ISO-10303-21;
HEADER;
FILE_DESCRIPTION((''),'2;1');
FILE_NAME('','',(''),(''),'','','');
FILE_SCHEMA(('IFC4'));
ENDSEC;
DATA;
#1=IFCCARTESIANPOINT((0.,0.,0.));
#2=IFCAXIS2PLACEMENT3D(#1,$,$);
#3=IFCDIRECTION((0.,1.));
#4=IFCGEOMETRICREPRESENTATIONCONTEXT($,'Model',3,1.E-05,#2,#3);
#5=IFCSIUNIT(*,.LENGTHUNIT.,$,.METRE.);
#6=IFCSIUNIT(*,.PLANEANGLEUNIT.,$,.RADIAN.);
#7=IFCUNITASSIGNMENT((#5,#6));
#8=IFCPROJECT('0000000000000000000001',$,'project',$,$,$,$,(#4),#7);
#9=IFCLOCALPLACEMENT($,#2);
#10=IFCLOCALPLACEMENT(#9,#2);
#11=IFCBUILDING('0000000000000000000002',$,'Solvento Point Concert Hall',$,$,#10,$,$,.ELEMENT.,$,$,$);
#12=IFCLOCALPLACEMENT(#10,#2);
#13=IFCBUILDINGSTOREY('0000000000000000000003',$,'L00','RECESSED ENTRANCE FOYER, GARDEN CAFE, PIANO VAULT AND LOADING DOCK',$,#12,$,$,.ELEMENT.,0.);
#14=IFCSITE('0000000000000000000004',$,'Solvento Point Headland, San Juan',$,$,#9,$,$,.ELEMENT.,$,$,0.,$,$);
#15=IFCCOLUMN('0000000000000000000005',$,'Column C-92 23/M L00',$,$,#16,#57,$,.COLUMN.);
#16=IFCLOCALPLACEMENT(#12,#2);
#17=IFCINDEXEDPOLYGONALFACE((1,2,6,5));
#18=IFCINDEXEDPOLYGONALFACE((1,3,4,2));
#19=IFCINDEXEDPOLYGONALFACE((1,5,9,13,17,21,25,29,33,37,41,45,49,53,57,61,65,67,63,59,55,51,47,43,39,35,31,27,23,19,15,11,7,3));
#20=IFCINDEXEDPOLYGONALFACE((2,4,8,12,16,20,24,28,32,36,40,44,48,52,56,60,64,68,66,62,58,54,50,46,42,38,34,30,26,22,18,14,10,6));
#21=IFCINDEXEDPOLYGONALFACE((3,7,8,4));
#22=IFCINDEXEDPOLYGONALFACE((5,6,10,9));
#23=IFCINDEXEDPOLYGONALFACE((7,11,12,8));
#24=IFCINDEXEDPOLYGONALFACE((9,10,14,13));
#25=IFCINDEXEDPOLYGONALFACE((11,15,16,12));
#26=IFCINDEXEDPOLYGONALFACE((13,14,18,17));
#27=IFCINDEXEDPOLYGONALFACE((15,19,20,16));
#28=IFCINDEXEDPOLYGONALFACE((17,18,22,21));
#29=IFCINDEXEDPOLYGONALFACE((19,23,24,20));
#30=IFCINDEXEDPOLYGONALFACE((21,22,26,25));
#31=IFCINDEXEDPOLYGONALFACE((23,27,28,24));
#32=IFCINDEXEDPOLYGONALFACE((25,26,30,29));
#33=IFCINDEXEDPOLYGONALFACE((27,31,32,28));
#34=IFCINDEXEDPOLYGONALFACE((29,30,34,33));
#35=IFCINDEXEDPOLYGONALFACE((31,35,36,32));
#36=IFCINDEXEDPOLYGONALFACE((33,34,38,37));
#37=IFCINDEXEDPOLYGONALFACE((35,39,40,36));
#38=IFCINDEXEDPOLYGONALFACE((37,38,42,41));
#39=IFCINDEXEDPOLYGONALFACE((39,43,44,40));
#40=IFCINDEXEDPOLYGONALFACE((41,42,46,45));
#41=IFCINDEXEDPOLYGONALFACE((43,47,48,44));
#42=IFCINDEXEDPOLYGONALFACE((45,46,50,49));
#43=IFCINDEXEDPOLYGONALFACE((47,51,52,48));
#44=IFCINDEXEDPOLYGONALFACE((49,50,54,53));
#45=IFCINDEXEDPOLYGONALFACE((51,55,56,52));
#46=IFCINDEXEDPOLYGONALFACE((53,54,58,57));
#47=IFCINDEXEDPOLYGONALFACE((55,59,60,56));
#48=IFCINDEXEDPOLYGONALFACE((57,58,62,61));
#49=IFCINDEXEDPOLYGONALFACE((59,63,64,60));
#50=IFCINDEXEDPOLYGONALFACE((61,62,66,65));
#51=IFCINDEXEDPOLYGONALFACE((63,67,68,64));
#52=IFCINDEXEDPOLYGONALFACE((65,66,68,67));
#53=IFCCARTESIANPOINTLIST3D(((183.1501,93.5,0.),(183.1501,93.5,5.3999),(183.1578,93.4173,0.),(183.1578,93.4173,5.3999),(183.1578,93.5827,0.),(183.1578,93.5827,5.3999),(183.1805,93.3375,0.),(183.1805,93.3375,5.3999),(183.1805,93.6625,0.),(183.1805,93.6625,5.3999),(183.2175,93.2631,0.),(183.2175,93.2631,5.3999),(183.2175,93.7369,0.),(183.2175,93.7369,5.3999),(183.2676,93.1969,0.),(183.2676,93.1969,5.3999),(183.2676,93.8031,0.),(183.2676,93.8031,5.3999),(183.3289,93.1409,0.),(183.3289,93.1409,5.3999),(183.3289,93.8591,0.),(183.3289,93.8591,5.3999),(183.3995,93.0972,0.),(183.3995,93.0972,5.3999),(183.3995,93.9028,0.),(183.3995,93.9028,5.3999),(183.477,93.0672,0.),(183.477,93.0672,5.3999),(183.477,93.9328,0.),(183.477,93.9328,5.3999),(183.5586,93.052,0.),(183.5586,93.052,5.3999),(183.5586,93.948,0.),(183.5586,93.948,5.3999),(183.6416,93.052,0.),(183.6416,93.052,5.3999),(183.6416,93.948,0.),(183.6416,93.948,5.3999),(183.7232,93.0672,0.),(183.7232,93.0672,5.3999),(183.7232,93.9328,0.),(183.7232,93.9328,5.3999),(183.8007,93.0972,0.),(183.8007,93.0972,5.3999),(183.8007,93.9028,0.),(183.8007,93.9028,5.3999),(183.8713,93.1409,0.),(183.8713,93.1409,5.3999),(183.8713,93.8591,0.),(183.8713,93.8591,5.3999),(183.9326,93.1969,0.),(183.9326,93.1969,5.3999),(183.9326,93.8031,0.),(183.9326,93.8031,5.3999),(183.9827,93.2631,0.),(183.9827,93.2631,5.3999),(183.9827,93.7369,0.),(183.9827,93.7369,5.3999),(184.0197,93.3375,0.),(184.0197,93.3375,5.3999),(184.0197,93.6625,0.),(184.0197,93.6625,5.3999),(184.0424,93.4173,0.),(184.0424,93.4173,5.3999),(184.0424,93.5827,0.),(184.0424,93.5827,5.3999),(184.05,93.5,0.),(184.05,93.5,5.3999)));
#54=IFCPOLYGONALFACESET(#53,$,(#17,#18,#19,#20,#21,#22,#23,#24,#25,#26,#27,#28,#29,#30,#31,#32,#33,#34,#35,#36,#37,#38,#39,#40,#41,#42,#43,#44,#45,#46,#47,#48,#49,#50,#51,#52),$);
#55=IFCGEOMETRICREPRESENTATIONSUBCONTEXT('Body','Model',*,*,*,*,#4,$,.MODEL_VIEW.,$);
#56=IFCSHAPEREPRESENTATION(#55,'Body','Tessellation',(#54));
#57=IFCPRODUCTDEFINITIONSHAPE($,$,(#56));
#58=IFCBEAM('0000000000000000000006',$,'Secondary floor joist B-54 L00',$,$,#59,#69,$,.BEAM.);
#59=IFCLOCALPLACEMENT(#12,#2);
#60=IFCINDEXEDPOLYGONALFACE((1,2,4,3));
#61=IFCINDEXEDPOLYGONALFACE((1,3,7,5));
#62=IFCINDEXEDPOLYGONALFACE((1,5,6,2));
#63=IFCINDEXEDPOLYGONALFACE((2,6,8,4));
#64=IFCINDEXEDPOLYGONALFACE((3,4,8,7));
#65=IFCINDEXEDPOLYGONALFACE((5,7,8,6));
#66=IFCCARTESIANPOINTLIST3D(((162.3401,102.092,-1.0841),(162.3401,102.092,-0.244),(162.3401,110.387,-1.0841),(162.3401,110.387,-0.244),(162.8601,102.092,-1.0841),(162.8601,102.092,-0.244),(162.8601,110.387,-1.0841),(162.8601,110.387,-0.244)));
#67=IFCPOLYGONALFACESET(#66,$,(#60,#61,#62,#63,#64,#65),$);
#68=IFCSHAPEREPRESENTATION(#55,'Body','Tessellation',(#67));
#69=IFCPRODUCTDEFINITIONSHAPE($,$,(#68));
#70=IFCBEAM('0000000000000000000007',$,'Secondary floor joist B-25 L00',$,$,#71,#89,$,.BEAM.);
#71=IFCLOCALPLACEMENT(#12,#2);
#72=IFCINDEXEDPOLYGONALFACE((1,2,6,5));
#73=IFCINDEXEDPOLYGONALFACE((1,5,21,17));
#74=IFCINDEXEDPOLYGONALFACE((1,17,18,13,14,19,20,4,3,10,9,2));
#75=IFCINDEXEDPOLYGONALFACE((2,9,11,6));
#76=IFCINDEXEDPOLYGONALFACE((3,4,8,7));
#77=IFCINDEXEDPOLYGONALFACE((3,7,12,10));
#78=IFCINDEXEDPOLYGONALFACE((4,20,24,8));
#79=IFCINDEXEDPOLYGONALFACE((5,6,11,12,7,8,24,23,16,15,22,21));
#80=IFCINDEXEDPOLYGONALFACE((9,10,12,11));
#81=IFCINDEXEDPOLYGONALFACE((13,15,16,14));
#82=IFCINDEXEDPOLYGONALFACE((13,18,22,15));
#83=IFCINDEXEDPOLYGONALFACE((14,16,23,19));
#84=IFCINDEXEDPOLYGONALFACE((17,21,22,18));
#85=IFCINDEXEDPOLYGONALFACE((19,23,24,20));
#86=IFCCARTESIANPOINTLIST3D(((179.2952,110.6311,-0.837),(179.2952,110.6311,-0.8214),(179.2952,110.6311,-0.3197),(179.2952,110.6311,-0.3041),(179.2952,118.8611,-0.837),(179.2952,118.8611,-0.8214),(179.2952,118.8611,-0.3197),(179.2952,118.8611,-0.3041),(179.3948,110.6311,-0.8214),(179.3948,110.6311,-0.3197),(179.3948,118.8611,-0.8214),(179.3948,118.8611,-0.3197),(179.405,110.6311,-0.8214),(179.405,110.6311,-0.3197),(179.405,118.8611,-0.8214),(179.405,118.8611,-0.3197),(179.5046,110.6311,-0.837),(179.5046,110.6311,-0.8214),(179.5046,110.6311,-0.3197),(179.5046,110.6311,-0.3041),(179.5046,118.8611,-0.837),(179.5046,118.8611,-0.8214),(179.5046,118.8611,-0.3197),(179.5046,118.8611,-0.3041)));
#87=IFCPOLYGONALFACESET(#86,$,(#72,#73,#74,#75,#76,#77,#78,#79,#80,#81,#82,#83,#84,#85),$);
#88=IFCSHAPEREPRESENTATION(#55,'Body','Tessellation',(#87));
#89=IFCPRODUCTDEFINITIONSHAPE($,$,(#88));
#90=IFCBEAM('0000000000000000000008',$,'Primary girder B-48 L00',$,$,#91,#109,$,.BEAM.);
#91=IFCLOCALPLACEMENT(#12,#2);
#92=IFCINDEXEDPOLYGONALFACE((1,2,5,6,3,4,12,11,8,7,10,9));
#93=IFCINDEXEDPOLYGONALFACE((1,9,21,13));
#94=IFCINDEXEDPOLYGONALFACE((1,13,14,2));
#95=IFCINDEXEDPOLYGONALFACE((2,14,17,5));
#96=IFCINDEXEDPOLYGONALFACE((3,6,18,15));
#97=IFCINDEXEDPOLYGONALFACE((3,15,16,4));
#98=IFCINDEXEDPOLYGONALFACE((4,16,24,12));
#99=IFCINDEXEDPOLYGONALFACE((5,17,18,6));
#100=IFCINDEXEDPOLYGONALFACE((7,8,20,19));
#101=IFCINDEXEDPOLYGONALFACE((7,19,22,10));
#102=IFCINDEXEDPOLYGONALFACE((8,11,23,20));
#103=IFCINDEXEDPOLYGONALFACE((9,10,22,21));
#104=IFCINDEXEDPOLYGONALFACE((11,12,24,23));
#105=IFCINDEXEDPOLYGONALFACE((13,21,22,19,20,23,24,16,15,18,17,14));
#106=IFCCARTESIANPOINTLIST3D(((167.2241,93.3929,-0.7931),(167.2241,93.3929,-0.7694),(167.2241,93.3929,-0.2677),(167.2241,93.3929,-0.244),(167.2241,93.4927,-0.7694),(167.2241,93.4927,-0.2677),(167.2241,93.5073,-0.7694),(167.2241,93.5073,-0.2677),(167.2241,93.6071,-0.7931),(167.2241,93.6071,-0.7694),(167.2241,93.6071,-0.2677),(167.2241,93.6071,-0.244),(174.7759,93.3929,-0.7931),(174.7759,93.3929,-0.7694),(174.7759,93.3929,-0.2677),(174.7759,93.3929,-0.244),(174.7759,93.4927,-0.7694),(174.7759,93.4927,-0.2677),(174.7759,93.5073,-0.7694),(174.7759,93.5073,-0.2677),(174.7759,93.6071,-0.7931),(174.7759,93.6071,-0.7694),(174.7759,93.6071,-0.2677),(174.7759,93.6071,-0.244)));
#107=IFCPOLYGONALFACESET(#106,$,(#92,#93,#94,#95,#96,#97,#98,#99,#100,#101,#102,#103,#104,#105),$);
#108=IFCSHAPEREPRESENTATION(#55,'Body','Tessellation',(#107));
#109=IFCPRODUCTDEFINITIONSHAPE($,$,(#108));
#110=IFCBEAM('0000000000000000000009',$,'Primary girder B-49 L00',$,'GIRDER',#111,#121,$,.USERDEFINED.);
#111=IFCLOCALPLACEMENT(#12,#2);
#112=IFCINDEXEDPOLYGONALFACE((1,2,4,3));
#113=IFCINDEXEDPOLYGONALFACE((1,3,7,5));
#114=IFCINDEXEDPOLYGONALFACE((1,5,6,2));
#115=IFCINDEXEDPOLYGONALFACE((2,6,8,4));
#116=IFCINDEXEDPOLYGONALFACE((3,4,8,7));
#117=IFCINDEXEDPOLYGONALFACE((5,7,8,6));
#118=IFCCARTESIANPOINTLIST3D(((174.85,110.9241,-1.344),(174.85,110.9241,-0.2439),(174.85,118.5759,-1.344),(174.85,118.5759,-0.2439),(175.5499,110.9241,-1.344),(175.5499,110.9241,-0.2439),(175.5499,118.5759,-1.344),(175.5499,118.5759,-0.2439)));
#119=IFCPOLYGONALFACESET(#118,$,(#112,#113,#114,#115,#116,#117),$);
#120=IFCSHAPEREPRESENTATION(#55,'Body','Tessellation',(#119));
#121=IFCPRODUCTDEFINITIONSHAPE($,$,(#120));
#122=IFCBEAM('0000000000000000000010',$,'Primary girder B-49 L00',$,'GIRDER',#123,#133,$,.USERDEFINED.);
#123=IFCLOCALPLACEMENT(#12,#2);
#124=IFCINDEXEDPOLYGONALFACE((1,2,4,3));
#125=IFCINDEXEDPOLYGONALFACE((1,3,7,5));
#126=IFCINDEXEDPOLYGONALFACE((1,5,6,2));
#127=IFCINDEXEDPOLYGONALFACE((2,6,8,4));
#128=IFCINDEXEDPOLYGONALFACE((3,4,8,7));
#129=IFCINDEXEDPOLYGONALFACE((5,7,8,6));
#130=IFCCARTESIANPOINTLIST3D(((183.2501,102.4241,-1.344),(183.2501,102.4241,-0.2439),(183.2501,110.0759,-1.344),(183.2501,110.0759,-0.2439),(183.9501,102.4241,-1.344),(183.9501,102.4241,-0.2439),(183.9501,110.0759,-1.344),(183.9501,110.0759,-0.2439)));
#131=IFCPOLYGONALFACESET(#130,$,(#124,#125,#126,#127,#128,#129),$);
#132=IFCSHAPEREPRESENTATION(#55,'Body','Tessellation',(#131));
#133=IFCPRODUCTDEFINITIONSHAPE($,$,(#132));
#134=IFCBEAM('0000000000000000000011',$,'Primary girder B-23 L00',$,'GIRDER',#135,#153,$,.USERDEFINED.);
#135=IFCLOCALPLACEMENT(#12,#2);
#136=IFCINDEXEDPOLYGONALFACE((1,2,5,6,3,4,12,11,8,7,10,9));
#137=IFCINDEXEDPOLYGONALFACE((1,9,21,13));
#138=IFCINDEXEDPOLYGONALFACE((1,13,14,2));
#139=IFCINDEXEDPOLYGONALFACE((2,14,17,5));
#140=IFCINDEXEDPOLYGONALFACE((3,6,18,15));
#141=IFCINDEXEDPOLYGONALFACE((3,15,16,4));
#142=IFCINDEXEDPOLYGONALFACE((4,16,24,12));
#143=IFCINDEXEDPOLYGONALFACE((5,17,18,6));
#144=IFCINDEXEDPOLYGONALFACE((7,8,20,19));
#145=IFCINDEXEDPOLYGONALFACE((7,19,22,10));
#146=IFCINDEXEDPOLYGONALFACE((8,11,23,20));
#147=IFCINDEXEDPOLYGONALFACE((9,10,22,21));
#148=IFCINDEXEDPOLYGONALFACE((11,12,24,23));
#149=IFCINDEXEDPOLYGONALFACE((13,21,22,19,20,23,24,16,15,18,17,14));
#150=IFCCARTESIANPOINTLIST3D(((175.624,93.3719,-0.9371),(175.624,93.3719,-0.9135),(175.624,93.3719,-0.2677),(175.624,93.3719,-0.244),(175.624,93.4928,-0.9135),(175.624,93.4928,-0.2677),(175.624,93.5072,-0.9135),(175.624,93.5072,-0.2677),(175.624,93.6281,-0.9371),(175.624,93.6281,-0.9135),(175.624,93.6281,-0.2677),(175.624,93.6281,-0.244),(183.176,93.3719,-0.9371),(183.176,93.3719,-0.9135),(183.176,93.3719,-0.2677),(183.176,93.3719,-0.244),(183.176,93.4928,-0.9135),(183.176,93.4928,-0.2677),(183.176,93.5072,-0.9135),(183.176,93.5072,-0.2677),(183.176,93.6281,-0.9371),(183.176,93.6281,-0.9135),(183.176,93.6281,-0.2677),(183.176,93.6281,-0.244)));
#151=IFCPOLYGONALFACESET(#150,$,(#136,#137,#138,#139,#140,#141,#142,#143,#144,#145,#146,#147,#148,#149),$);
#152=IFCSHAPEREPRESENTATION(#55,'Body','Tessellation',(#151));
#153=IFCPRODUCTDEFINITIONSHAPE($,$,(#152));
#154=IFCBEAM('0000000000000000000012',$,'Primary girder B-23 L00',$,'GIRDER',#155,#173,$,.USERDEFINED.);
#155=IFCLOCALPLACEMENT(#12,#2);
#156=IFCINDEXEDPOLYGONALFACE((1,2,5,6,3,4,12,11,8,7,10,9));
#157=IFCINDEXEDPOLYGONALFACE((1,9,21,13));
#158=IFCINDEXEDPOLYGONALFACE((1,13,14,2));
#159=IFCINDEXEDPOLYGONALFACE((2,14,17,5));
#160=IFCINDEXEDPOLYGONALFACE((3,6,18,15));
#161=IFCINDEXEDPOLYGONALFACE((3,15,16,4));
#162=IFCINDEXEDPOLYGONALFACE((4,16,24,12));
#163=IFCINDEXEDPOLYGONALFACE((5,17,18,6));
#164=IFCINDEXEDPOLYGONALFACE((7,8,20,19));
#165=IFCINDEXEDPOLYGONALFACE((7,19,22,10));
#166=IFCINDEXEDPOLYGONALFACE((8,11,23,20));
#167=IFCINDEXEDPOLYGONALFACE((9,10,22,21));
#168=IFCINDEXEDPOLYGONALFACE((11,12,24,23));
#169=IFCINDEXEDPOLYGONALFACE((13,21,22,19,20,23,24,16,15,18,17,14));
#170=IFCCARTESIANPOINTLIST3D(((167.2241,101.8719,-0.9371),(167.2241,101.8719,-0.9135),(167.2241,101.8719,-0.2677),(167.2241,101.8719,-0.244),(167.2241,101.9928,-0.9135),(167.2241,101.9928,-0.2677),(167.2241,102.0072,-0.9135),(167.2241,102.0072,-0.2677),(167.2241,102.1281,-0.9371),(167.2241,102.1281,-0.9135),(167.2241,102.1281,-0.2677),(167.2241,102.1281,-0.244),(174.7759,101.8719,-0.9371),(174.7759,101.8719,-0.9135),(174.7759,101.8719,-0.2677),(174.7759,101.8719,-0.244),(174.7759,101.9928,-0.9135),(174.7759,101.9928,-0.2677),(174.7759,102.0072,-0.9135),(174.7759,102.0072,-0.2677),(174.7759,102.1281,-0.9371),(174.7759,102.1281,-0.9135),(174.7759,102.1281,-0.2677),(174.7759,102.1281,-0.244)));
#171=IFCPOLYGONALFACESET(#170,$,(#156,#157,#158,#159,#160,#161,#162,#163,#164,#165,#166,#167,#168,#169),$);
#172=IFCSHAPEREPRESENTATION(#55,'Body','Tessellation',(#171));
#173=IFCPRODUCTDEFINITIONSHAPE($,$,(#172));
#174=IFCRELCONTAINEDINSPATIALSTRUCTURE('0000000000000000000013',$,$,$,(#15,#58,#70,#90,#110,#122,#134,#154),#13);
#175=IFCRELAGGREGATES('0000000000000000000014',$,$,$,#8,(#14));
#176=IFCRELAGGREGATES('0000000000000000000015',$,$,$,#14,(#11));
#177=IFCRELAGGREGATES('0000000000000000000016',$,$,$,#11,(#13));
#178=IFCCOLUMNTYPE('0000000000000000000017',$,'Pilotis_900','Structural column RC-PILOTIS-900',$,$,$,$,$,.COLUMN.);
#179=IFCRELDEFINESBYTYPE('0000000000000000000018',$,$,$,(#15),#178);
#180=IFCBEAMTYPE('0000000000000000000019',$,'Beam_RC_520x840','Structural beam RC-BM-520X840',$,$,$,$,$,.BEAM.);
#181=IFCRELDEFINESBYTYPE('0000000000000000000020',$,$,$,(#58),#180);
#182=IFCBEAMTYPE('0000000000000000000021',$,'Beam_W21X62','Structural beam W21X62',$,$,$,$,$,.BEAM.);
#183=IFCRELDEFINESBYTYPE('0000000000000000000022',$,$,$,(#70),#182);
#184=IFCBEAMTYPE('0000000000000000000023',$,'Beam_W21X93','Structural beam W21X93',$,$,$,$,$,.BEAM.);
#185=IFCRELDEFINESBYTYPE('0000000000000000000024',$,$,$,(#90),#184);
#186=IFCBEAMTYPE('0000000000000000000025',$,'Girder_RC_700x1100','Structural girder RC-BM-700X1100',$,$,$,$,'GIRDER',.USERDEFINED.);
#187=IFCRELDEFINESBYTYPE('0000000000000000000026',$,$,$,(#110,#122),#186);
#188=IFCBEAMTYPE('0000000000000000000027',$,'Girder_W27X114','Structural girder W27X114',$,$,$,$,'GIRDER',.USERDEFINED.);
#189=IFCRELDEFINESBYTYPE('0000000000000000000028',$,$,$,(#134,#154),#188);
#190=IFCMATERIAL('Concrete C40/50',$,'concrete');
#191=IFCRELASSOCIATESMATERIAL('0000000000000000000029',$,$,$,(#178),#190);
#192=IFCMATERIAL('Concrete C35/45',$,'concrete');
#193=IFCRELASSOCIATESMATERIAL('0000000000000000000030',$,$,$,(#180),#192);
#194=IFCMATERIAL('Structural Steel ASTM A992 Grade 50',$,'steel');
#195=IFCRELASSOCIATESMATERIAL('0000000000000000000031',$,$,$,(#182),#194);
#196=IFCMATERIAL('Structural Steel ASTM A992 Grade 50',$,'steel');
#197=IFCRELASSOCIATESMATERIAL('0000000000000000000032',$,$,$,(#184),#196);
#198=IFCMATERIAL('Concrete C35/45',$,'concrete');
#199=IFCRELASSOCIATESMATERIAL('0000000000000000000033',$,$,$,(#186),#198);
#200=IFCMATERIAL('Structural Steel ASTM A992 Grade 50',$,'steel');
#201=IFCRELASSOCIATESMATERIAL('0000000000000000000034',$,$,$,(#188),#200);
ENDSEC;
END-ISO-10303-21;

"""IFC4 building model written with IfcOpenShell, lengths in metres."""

from ifc_helpers import new_model, si_unit, direction, frame, origin, origin_2d, place, context, subcontext, project, spatial, rectangle, circle, i_section, extrude, material, material_profile, profile_set, type_object, element, save


model = new_model("IFC4")

# Units and contexts
model_context = context("Model", 3, precision=1e-05, world=origin(), true_north=direction((0.0, 1.0)))
body_context = subcontext(model_context, "Body", "Model", "MODEL_VIEW")
ifc_project = project(units=[si_unit("LENGTHUNIT", "METRE"), si_unit("PLANEANGLEUNIT", "RADIAN")], contexts=[model_context])

# Site, building, storey
site_placement = place(None, origin())
site = spatial("IfcSite", under=ifc_project, at=site_placement, Name="Solvento Point Headland, San Juan", CompositionType="ELEMENT", RefElevation=0.0)
building_placement = place(site_placement, origin())
building = spatial("IfcBuilding", under=site, at=building_placement, Name="Solvento Point Concert Hall", CompositionType="ELEMENT")
storey_placement = place(building_placement, origin())
storey = spatial("IfcBuildingStorey", under=building, at=storey_placement, Name="L00", Description="RECESSED ENTRANCE FOYER, GARDEN CAFE, PIANO VAULT AND LOADING DOCK", CompositionType="ELEMENT", Elevation=0.0)

# Column
ifc_material_1 = material(Name="Concrete C40/50", Category="concrete")
ifc_material_profile_1 = material_profile(ifc_material_1, circle(Radius=0.45, at=origin_2d()), Name="RC-PILOTIS-900")
ifc_profile_set_1 = profile_set([ifc_material_profile_1], Name="Concrete C40/50")
column_type = type_object("IfcColumnType", Name="Pilotis_900", Description="Structural column RC-PILOTIS-900", PredefinedType="COLUMN", material=ifc_profile_set_1)
column_placement = place(storey_placement, frame((183.6001, 93.5, 0.0), z_axis=(0.0, 0.0, 1.0), x_axis=(1.0, 0.0, 0.0)))
element("IfcColumn", 1, at=column_placement, inside=storey, type_object=column_type, Name="Column C-92 23/M L00", PredefinedType="COLUMN", context=body_context, shape_type="SweptSolid", body=[
    extrude(circle(Radius=0.45, at=origin_2d()), origin(), (0.0, 0.0, 1.0), 5.3999),
])

# Beams
ifc_material_2 = material(Name="Concrete C35/45", Category="concrete")
ifc_material_profile_2 = material_profile(ifc_material_2, rectangle(XDim=0.52, YDim=0.8401, at=origin_2d()), Name="RC-BM-520X840")
ifc_profile_set_2 = profile_set([ifc_material_profile_2], Name="Concrete C35/45")
beam_type_1 = type_object("IfcBeamType", Name="Beam_RC_520x840", Description="Structural beam RC-BM-520X840", PredefinedType="BEAM", material=ifc_profile_set_2)
beam_1_placement = place(storey_placement, frame((162.6001, 102.092, -0.6641), z_axis=(0.0, 1.0, 0.0), x_axis=(-1.0, 0.0, 0.0)))
element("IfcBeam", 2, at=beam_1_placement, inside=storey, type_object=beam_type_1, Name="Secondary floor joist B-54 L00", PredefinedType="BEAM", context=body_context, shape_type="SweptSolid", body=[
    extrude(rectangle(XDim=0.52, YDim=0.8401, at=origin_2d()), origin(), (0.0, 0.0, 1.0), 8.2949),
])
ifc_material_3 = material(Name="Structural Steel ASTM A992 Grade 50", Category="steel")
ifc_material_profile_3 = material_profile(ifc_material_3, i_section(OverallWidth=0.2095, OverallDepth=0.533, WebThickness=0.0103, FlangeThickness=0.0156, at=origin_2d()), Name="W21X62")
ifc_profile_set_3 = profile_set([ifc_material_profile_3], Name="Structural Steel ASTM A992 Grade 50")
beam_type_2 = type_object("IfcBeamType", Name="Beam_W21X62", Description="Structural beam W21X62", PredefinedType="BEAM", material=ifc_profile_set_3)
beam_2_placement = place(storey_placement, frame((179.3999, 110.6311, -0.5706), z_axis=(0.0, 1.0, 0.0), x_axis=(-1.0, 0.0, 0.0)))
element("IfcBeam", 3, at=beam_2_placement, inside=storey, type_object=beam_type_2, Name="Secondary floor joist B-25 L00", PredefinedType="BEAM", context=body_context, shape_type="SweptSolid", body=[
    extrude(i_section(OverallWidth=0.2095, OverallDepth=0.533, WebThickness=0.0103, FlangeThickness=0.0156, at=origin_2d()), origin(), (0.0, 0.0, 1.0), 8.23),
])
ifc_material_4 = material(Name="Structural Steel ASTM A992 Grade 50", Category="steel")
ifc_material_profile_4 = material_profile(ifc_material_4, i_section(OverallWidth=0.2141, OverallDepth=0.5491, WebThickness=0.0146, FlangeThickness=0.0237, at=origin_2d()), Name="W21X93")
ifc_profile_set_4 = profile_set([ifc_material_profile_4], Name="Structural Steel ASTM A992 Grade 50")
beam_type_3 = type_object("IfcBeamType", Name="Beam_W21X93", Description="Structural beam W21X93", PredefinedType="BEAM", material=ifc_profile_set_4)
beam_3_placement = place(storey_placement, frame((167.2241, 93.5, -0.5186), z_axis=(1.0, 0.0, 0.0), x_axis=(0.0, 1.0, 0.0)))
element("IfcBeam", 4, at=beam_3_placement, inside=storey, type_object=beam_type_3, Name="Primary girder B-48 L00", PredefinedType="BEAM", context=body_context, shape_type="SweptSolid", body=[
    extrude(i_section(OverallWidth=0.2141, OverallDepth=0.5491, WebThickness=0.0146, FlangeThickness=0.0237, at=origin_2d()), origin(), (0.0, 0.0, 1.0), 7.5518),
])
ifc_material_5 = material(Name="Concrete C35/45", Category="concrete")
ifc_material_profile_5 = material_profile(ifc_material_5, rectangle(XDim=0.7, YDim=1.1001, at=origin_2d()), Name="RC-BM-700X1100")
ifc_profile_set_5 = profile_set([ifc_material_profile_5], Name="Concrete C35/45")
beam_type_4 = type_object("IfcBeamType", Name="Girder_RC_700x1100", Description="Structural girder RC-BM-700X1100", ElementType="GIRDER", PredefinedType="USERDEFINED", material=ifc_profile_set_5)
for number, where, z_axis, x_axis, name in (
    (5, (175.2, 110.9241, -0.7939), (0.0, 1.0, 0.0), (-1.0, 0.0, 0.0), "Primary girder B-49 L00"),
    (6, (183.6001, 102.4241, -0.7939), (0.0, 1.0, 0.0), (-1.0, 0.0, 0.0), "Primary girder B-49 L00"),
):
    element("IfcBeam", number, at=place(storey_placement, frame(where, z_axis=z_axis, x_axis=x_axis)), inside=storey, type_object=beam_type_4, Name=name, ObjectType="GIRDER", PredefinedType="USERDEFINED", context=body_context, shape_type="SweptSolid", body=[
        extrude(rectangle(XDim=0.7, YDim=1.1001, at=origin_2d()), origin(), (0.0, 0.0, 1.0), 7.6519),
    ])
ifc_material_6 = material(Name="Structural Steel ASTM A992 Grade 50", Category="steel")
ifc_material_profile_6 = material_profile(ifc_material_6, i_section(OverallWidth=0.2561, OverallDepth=0.6931, WebThickness=0.0144, FlangeThickness=0.0237, at=origin_2d()), Name="W27X114")
ifc_profile_set_6 = profile_set([ifc_material_profile_6], Name="Structural Steel ASTM A992 Grade 50")
beam_type_5 = type_object("IfcBeamType", Name="Girder_W27X114", Description="Structural girder W27X114", ElementType="GIRDER", PredefinedType="USERDEFINED", material=ifc_profile_set_6)
beam_4_placement = place(storey_placement, frame((175.624, 93.5, -0.5906), z_axis=(1.0, 0.0, 0.0), x_axis=(0.0, 1.0, 0.0)))
element("IfcBeam", 7, at=beam_4_placement, inside=storey, type_object=beam_type_5, Name="Primary girder B-23 L00", ObjectType="GIRDER", PredefinedType="USERDEFINED", context=body_context, shape_type="SweptSolid", body=[
    extrude(i_section(OverallWidth=0.2561, OverallDepth=0.6931, WebThickness=0.0144, FlangeThickness=0.0237, at=origin_2d()), origin(), (0.0, 0.0, 1.0), 7.552),
])
beam_5_placement = place(storey_placement, frame((167.2241, 102.0, -0.5906), z_axis=(1.0, 0.0, 0.0), x_axis=(0.0, 1.0, 0.0)))
element("IfcBeam", 8, at=beam_5_placement, inside=storey, type_object=beam_type_5, Name="Primary girder B-23 L00", ObjectType="GIRDER", PredefinedType="USERDEFINED", context=body_context, shape_type="SweptSolid", body=[
    extrude(i_section(OverallWidth=0.2561, OverallDepth=0.6931, WebThickness=0.0144, FlangeThickness=0.0237, at=origin_2d()), origin(), (0.0, 0.0, 1.0), 7.5518),
])

save(model, "model.ifc")
